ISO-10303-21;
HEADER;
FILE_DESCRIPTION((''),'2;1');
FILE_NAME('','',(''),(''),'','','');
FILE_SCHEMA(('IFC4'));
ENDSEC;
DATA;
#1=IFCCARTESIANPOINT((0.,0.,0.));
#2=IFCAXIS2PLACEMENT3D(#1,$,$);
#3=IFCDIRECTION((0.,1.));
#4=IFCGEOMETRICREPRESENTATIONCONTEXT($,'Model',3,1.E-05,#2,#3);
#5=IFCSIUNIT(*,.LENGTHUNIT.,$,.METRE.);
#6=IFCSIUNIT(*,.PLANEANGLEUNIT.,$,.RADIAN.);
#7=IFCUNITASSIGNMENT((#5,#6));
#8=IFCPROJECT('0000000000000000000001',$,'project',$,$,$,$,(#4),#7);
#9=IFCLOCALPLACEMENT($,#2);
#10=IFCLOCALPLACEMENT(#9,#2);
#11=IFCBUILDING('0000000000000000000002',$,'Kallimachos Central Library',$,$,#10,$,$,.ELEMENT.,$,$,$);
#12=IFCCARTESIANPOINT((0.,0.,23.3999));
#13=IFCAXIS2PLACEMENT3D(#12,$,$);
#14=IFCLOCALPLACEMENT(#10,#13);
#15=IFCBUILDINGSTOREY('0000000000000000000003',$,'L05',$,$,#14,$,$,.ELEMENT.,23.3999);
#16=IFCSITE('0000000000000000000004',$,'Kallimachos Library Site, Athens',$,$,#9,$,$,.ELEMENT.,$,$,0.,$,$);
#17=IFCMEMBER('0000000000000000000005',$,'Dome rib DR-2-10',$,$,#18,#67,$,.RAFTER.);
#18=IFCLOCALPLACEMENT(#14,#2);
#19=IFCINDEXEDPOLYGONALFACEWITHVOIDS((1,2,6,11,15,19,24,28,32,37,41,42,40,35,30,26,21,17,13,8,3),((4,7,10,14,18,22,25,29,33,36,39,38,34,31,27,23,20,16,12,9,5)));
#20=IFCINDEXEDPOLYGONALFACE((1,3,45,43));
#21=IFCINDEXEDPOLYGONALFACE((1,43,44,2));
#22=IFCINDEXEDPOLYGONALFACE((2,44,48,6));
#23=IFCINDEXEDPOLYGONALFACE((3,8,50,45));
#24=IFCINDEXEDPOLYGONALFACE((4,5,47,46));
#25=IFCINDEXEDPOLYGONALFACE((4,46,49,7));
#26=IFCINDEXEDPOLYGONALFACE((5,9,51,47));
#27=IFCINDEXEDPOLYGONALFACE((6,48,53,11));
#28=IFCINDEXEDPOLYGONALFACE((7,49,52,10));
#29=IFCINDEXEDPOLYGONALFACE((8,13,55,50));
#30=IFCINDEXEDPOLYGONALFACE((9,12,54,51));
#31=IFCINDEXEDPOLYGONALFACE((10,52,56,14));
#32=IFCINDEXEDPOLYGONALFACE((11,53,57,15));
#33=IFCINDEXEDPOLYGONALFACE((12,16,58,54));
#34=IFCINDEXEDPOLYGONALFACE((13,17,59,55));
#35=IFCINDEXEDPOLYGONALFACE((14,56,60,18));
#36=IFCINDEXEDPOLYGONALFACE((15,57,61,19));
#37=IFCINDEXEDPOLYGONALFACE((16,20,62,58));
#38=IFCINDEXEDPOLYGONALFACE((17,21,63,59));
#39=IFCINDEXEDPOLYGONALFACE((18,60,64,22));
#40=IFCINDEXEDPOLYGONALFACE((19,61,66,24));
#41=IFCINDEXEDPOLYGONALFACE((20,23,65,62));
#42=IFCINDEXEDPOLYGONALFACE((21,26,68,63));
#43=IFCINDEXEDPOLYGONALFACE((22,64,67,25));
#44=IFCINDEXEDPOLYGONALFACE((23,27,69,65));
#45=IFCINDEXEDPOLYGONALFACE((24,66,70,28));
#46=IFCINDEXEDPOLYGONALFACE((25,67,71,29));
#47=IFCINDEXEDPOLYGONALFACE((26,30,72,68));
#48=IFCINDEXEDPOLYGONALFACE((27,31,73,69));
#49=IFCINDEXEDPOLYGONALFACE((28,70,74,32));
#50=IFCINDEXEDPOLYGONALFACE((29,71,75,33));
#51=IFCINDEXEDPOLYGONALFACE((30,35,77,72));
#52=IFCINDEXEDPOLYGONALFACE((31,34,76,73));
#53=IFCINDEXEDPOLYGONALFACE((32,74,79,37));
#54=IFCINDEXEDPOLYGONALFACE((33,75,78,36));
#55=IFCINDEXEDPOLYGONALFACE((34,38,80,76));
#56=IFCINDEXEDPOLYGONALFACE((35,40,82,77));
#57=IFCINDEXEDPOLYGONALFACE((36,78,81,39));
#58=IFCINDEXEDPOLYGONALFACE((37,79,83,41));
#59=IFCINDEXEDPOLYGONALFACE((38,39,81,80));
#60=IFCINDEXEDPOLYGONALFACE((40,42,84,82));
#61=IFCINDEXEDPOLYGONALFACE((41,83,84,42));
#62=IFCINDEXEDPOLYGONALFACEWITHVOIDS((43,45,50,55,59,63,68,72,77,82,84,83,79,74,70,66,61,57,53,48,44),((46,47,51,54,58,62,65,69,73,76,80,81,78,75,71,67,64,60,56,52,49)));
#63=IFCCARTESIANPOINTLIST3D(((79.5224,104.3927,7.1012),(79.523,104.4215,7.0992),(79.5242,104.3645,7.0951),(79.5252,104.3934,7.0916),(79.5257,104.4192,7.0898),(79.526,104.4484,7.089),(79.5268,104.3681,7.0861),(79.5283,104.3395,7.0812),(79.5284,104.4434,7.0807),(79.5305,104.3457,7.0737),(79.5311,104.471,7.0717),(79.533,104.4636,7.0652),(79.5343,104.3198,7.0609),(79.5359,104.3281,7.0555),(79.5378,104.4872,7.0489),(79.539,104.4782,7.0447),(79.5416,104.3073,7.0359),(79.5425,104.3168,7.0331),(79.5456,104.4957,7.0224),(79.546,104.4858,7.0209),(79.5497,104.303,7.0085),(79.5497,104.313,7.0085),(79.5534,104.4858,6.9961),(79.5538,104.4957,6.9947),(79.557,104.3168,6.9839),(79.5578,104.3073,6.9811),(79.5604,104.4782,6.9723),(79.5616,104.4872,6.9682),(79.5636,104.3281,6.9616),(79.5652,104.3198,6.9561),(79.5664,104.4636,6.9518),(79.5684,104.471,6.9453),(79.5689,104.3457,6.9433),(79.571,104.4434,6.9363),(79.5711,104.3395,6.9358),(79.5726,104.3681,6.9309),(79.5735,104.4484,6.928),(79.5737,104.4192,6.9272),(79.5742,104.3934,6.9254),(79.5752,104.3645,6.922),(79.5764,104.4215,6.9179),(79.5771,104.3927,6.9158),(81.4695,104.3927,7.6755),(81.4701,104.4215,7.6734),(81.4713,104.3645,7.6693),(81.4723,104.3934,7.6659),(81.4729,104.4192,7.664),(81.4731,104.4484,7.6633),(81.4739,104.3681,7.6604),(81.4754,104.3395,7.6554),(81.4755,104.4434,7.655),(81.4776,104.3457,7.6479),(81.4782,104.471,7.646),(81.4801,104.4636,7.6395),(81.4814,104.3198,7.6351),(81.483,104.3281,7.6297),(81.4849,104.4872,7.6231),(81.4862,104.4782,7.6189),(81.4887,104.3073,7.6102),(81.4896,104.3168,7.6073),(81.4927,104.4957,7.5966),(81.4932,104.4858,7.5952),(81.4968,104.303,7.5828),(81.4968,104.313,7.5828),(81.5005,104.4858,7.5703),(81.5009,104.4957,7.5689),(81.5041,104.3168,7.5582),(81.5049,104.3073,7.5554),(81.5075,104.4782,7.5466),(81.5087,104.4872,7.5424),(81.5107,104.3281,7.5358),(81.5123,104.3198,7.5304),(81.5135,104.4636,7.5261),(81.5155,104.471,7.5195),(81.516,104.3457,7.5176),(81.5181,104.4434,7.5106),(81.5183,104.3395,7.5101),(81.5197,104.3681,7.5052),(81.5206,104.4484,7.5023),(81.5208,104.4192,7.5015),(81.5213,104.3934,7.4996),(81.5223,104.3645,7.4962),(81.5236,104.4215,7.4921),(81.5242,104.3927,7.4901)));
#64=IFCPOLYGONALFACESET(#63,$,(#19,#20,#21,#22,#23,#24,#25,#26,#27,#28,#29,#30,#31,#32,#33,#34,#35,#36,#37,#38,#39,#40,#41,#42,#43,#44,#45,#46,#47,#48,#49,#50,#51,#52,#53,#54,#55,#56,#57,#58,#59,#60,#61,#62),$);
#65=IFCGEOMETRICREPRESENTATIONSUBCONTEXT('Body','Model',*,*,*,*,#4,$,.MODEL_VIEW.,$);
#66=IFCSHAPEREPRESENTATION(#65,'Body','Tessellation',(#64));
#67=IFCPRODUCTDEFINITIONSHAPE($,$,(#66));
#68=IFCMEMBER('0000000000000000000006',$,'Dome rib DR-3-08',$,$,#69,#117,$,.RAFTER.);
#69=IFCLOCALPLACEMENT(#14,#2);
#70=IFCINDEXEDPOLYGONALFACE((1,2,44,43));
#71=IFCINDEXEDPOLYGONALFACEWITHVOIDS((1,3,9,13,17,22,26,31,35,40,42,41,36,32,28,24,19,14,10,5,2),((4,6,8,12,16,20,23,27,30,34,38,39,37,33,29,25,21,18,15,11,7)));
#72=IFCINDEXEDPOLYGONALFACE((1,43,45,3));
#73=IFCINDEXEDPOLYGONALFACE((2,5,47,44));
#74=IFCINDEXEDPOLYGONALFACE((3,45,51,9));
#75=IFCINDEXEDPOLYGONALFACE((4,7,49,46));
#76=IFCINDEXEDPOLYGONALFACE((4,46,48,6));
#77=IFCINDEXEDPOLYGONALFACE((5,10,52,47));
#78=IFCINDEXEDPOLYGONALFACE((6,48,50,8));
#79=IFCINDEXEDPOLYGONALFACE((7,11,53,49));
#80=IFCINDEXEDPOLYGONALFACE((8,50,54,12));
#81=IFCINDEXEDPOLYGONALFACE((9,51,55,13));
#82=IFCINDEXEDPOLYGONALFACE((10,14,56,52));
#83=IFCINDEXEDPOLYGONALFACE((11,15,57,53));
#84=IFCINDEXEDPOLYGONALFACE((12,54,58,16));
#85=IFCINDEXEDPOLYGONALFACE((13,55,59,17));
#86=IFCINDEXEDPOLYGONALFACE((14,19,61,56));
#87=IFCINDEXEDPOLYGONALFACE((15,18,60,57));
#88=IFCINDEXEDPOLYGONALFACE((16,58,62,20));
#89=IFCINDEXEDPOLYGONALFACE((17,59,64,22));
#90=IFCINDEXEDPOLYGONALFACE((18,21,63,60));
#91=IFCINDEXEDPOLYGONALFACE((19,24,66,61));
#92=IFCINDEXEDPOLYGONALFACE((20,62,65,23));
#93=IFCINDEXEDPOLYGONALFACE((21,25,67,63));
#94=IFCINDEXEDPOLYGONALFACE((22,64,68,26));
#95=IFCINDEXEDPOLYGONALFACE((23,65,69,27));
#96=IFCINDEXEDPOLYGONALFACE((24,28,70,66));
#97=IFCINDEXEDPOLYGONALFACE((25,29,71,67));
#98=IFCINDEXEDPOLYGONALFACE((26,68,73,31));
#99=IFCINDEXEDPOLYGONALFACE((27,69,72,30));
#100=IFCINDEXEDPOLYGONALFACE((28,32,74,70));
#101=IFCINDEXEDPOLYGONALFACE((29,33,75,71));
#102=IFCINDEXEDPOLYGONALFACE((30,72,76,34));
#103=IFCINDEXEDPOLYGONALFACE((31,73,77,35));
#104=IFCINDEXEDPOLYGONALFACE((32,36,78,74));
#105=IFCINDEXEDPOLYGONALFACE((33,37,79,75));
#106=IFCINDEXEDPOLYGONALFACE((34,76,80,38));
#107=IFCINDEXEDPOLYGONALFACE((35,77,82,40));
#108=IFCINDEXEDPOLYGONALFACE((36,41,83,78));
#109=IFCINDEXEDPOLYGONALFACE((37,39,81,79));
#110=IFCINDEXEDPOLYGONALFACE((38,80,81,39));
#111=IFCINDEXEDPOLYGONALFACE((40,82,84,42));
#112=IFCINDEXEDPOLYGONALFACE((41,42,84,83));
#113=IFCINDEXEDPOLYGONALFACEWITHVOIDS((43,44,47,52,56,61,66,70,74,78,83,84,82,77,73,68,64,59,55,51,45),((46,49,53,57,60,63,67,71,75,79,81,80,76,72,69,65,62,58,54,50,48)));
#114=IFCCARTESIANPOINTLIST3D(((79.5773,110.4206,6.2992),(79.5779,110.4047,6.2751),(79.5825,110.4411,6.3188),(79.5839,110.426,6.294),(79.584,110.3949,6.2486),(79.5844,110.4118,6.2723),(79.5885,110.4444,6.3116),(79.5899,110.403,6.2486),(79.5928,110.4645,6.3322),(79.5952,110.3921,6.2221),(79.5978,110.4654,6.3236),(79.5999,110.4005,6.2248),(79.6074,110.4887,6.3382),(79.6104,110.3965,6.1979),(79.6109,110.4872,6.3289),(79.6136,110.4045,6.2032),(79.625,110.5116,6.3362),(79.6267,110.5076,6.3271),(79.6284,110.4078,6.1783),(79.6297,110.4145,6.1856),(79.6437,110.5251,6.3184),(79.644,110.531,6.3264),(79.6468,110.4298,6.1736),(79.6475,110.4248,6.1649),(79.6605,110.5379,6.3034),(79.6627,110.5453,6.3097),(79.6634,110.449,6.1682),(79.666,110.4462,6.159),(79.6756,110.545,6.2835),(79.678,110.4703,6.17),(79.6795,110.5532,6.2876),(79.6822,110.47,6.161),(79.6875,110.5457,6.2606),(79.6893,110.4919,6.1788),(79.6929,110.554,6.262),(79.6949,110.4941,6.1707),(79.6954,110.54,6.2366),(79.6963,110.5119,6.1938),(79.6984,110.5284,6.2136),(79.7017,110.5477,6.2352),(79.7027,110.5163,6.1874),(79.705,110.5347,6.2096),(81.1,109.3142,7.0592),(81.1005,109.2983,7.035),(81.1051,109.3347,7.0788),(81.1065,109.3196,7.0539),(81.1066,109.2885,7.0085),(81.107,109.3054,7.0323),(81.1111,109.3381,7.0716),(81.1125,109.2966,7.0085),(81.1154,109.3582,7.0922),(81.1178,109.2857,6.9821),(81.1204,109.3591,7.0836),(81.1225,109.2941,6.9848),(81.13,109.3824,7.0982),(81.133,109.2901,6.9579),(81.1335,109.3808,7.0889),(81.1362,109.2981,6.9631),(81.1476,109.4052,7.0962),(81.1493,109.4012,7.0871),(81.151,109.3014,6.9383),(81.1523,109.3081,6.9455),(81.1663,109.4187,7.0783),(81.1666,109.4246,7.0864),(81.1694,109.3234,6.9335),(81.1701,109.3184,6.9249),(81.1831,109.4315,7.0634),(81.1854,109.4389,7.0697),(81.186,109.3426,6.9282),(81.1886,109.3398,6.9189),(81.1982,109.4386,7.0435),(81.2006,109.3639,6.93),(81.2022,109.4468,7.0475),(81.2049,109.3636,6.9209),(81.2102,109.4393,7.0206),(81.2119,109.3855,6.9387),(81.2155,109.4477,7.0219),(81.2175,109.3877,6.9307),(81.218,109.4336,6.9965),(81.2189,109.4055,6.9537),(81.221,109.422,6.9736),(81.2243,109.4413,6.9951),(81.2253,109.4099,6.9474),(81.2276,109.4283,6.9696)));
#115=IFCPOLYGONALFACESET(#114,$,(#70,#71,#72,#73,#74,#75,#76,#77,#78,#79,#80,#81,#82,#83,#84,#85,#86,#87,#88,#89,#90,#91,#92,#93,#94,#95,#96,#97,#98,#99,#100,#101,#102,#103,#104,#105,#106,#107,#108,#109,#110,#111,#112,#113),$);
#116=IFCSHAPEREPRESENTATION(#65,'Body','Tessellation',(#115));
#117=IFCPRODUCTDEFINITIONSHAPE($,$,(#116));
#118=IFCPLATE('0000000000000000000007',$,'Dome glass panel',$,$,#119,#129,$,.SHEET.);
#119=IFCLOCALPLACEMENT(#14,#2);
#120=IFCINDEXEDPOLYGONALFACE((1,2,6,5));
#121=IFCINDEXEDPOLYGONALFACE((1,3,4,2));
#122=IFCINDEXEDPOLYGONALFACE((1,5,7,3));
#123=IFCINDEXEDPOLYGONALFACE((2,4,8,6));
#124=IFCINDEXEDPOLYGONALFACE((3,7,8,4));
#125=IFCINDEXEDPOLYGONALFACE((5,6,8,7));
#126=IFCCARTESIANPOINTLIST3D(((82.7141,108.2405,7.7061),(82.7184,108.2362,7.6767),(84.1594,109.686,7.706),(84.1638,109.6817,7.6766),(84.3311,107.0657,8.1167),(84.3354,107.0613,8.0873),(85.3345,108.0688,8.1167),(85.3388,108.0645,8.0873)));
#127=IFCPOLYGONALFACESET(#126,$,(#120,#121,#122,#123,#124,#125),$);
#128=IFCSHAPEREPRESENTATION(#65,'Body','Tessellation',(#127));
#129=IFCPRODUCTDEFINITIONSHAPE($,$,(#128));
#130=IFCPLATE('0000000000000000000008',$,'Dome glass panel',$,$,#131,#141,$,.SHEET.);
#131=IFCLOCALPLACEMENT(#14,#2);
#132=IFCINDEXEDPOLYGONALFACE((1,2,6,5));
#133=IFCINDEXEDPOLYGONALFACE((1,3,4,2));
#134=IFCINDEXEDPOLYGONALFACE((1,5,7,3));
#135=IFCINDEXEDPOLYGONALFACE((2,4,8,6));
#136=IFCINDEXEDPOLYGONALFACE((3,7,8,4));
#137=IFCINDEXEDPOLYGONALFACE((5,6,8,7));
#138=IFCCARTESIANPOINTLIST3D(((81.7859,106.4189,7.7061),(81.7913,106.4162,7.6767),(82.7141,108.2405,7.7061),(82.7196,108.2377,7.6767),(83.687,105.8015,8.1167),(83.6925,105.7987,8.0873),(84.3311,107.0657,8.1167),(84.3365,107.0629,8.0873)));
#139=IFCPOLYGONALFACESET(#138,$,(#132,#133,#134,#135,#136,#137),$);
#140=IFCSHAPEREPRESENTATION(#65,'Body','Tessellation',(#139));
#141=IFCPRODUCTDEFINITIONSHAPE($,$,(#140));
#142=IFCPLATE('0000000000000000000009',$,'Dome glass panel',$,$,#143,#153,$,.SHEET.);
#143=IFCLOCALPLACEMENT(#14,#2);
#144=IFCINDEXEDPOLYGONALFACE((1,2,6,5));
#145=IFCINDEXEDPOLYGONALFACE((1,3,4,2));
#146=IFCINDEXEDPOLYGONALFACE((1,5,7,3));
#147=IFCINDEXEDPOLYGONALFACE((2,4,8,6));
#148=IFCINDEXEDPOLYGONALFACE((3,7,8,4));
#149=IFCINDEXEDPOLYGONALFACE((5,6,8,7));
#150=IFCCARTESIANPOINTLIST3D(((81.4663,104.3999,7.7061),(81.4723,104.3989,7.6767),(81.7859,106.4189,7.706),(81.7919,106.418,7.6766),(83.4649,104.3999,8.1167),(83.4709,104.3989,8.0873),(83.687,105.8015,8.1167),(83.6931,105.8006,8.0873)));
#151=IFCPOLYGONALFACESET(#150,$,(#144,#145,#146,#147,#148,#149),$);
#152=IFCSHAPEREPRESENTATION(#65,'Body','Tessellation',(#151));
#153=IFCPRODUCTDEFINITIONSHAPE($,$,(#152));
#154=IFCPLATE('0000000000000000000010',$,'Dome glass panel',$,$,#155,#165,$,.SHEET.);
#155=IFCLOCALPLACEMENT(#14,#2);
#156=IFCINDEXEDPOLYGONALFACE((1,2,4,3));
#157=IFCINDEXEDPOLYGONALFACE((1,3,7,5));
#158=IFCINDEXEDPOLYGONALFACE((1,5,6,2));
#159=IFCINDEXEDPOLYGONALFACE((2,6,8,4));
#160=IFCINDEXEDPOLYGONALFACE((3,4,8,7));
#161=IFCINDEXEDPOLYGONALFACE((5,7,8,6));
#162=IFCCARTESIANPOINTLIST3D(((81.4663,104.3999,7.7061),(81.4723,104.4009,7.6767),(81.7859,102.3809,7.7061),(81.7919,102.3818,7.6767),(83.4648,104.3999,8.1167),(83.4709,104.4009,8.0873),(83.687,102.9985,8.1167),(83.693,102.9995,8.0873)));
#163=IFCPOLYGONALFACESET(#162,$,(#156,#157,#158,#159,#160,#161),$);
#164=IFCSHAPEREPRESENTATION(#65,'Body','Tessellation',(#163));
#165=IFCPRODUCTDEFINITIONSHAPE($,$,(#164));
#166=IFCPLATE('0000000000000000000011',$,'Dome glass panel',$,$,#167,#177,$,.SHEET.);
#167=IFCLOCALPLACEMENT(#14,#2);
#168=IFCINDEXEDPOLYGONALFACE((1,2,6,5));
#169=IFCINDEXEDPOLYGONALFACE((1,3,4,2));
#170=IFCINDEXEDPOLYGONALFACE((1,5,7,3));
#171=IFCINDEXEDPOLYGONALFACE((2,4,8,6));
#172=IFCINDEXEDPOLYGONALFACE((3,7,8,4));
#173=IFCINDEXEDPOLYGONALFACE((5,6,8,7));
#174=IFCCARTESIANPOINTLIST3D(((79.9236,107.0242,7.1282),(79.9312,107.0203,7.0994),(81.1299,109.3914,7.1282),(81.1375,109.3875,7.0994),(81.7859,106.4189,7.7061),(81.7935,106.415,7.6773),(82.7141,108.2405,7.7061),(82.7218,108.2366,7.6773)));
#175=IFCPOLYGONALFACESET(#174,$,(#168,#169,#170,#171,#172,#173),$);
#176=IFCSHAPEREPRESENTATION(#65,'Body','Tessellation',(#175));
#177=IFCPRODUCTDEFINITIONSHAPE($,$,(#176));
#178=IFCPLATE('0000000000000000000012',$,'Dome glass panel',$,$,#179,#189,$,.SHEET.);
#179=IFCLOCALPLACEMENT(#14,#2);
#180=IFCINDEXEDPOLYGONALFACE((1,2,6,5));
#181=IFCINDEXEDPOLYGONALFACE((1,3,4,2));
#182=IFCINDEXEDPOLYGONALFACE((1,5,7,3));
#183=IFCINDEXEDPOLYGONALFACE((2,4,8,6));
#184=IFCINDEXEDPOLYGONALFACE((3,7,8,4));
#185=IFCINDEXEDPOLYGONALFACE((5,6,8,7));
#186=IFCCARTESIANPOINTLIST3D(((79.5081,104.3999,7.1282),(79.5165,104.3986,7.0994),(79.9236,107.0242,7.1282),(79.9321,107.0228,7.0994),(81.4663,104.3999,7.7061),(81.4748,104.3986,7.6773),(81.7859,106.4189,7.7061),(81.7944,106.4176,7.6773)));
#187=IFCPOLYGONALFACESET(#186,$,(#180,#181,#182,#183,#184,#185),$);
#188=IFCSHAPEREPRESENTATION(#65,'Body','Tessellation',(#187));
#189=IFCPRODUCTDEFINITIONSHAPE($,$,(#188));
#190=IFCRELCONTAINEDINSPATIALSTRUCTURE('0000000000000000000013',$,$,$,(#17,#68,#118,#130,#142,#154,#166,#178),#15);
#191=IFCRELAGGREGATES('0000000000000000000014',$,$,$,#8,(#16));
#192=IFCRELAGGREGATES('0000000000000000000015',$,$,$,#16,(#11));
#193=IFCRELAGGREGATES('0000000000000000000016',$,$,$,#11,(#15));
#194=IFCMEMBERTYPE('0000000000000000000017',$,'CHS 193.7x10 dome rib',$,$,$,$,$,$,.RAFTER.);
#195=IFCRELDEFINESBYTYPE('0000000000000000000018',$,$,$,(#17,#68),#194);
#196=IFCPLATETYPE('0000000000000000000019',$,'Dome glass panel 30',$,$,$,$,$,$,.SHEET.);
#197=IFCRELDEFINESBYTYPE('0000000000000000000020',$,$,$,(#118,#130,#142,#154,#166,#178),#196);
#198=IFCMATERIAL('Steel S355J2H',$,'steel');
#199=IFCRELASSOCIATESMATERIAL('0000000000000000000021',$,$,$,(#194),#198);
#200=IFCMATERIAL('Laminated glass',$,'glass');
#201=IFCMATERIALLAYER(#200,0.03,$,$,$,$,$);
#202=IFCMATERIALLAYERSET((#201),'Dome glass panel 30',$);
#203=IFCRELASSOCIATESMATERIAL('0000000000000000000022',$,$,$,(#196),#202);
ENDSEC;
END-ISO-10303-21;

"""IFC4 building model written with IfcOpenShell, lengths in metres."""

from ifc_helpers import new_model, si_unit, direction, frame, origin, origin_2d, place, context, subcontext, project, spatial, polyline, hollow_circle, outline, extrude, material, layer, layer_set, material_profile, profile_set, type_object, element, save


model = new_model("IFC4")

# Units and contexts
model_context = context("Model", 3, precision=1e-05, world=origin(), true_north=direction((0.0, 1.0)))
body_context = subcontext(model_context, "Body", "Model", "MODEL_VIEW")
ifc_project = project(units=[si_unit("LENGTHUNIT", "METRE"), si_unit("PLANEANGLEUNIT", "RADIAN")], contexts=[model_context])

# Site, building, storey
site_placement = place(None, origin())
site = spatial("IfcSite", under=ifc_project, at=site_placement, Name="Kallimachos Library Site, Athens", CompositionType="ELEMENT", RefElevation=0.0)
building_placement = place(site_placement, origin())
building = spatial("IfcBuilding", under=site, at=building_placement, Name="Kallimachos Central Library", CompositionType="ELEMENT")
storey_placement = place(building_placement, frame((0.0, 0.0, 23.3999)))
storey = spatial("IfcBuildingStorey", under=building, at=storey_placement, Name="L05", CompositionType="ELEMENT", Elevation=23.3999)

# Members
ifc_material_1 = material(Name="Steel S355J2H", Category="steel")
ifc_material_profile_1 = material_profile(ifc_material_1, hollow_circle(Radius=0.0969, WallThickness=0.01, at=origin_2d()), Name="CHS 193.7x10")
ifc_profile_set_1 = profile_set([ifc_material_profile_1], Name="Steel S355J2H")
member_type_1 = type_object("IfcMemberType", Name="CHS 193.7x10 dome rib", PredefinedType="RAFTER", material=ifc_profile_set_1)
for number, where, z_axis, x_axis, name in (
    (1, (81.4968, 104.3999, 7.5828), (-0.959156, 0.0, -0.282876), (0.0, -1.0, 0.0), "Dome rib DR-2-10"),
):
    element("IfcMember", number, at=place(storey_placement, frame(where, z_axis=z_axis, x_axis=x_axis)), inside=storey, type_object=member_type_1, Name=name, PredefinedType="RAFTER", context=body_context, shape_type="SweptSolid", body=[
        extrude(hollow_circle(Radius=0.0969, WallThickness=0.01, at=origin_2d()), origin(), (0.0, 0.0, 1.0), 2.03),
    ])
member_1_placement = place(storey_placement, frame((81.1636, 109.3669, 7.0085), z_axis=(-0.75014, 0.545076, -0.374409), x_axis=(-0.587832, -0.808983, 0.0)))
element("IfcMember", 2, at=member_1_placement, inside=storey, type_object=member_type_1, Name="Dome rib DR-3-08", PredefinedType="RAFTER", context=body_context, shape_type="SweptSolid", body=[
    extrude(hollow_circle(Radius=0.0969, WallThickness=0.01, at=origin_2d()), origin(), (0.0, 0.0, 1.0), 2.0298),
])

# Plates
ifc_material_2 = material(Name="Laminated glass", Category="glass")
ifc_layer = layer(ifc_material_2, 0.03)
ifc_layer_set = layer_set([ifc_layer], Name="Dome glass panel 30")
plate_type = type_object("IfcPlateType", Name="Dome glass panel 30", PredefinedType="SHEET", material=ifc_layer_set)
plate_1_placement = place(storey_placement, frame((85.3345, 108.0688, 8.1167), z_axis=(-0.143997, 0.143997, 0.979045), x_axis=(-0.57579, 0.792445, -0.201239)))
element("IfcPlate", 3, at=plate_1_placement, inside=storey, type_object=plate_type, Name="Dome glass panel", PredefinedType="SHEET", context=body_context, shape_type="SweptSolid", body=[
    extrude(outline(polyline([(0.0, 0.0), (2.0408, 0.0), (1.7274, 2.02), (-0.2172, 1.4022), (0.0, 0.0)])), origin(), (0.0, 0.0, -1.0), 0.03),
])
plate_2_placement = place(storey_placement, frame((84.3311, 107.0657, 8.1167), z_axis=(-0.181455, 0.092458, 0.979043), x_axis=(-0.792459, 0.575768, -0.201247)))
element("IfcPlate", 4, at=plate_2_placement, inside=storey, type_object=plate_type, Name="Dome glass panel", PredefinedType="SHEET", context=body_context, shape_type="SweptSolid", body=[
    extrude(outline(polyline([(0.0, 0.0), (2.0404, 0.0), (1.7272, 2.0203), (-0.2175, 1.402), (0.0, 0.0)])), origin(), (0.0, 0.0, -1.0), 0.03),
])
plate_3_placement = place(storey_placement, frame((83.687, 105.8015, 8.1167), z_axis=(-0.201148, 0.031857, 0.979043), x_axis=(-0.931637, 0.30257, -0.201253)))
element("IfcPlate", 5, at=plate_3_placement, inside=storey, type_object=plate_type, Name="Dome glass panel", PredefinedType="SHEET", context=body_context, shape_type="SweptSolid", body=[
    extrude(outline(polyline([(0.0, 0.0), (2.0406, 0.0), (1.7274, 2.02), (-0.2171, 1.4024), (0.0, 0.0)])), origin(), (0.0, 0.0, -1.0), 0.03),
])
plate_4_placement = place(storey_placement, frame((83.4648, 104.3999, 8.1167), z_axis=(-0.201146, -0.031859, 0.979043), x_axis=(-0.97954, -0.000001, -0.201248)))
element("IfcPlate", 6, at=plate_4_placement, inside=storey, type_object=plate_type, Name="Dome glass panel", PredefinedType="SHEET", context=body_context, shape_type="SweptSolid", body=[
    extrude(outline(polyline([(0.0, 0.0), (2.0403, 0.0), (1.7272, 2.0201), (-0.2176, 1.4021), (0.0, 0.0)])), origin(), (0.0, 0.0, -1.0), 0.03),
])
plate_5_placement = place(storey_placement, frame((82.7141, 108.2405, 7.7061), z_axis=(-0.255075, 0.129983, 0.958145), x_axis=(-0.775963, 0.563706, -0.283048)))
element("IfcPlate", 7, at=plate_5_placement, inside=storey, type_object=plate_type, Name="Dome glass panel", PredefinedType="SHEET", context=body_context, shape_type="SweptSolid", body=[
    extrude(outline(polyline([(0.0, 0.0), (2.0416, 0.0), (1.6433, 2.6268), (-0.3065, 2.0213), (0.0, 0.0)])), origin(), (0.0, 0.0, -1.0), 0.03),
])
plate_6_placement = place(storey_placement, frame((81.7859, 106.4189, 7.7061), z_axis=(-0.282759, 0.044765, 0.958146), x_axis=(-0.91215, 0.296436, -0.283034)))
element("IfcPlate", 8, at=plate_6_placement, inside=storey, type_object=plate_type, Name="Dome glass panel", PredefinedType="SHEET", context=body_context, shape_type="SweptSolid", body=[
    extrude(outline(polyline([(0.0, 0.0), (2.0417, 0.0), (1.6428, 2.6268), (-0.307, 2.021), (0.0, 0.0)])), origin(), (0.0, 0.0, -1.0), 0.03),
])

save(model, "model.ifc")
